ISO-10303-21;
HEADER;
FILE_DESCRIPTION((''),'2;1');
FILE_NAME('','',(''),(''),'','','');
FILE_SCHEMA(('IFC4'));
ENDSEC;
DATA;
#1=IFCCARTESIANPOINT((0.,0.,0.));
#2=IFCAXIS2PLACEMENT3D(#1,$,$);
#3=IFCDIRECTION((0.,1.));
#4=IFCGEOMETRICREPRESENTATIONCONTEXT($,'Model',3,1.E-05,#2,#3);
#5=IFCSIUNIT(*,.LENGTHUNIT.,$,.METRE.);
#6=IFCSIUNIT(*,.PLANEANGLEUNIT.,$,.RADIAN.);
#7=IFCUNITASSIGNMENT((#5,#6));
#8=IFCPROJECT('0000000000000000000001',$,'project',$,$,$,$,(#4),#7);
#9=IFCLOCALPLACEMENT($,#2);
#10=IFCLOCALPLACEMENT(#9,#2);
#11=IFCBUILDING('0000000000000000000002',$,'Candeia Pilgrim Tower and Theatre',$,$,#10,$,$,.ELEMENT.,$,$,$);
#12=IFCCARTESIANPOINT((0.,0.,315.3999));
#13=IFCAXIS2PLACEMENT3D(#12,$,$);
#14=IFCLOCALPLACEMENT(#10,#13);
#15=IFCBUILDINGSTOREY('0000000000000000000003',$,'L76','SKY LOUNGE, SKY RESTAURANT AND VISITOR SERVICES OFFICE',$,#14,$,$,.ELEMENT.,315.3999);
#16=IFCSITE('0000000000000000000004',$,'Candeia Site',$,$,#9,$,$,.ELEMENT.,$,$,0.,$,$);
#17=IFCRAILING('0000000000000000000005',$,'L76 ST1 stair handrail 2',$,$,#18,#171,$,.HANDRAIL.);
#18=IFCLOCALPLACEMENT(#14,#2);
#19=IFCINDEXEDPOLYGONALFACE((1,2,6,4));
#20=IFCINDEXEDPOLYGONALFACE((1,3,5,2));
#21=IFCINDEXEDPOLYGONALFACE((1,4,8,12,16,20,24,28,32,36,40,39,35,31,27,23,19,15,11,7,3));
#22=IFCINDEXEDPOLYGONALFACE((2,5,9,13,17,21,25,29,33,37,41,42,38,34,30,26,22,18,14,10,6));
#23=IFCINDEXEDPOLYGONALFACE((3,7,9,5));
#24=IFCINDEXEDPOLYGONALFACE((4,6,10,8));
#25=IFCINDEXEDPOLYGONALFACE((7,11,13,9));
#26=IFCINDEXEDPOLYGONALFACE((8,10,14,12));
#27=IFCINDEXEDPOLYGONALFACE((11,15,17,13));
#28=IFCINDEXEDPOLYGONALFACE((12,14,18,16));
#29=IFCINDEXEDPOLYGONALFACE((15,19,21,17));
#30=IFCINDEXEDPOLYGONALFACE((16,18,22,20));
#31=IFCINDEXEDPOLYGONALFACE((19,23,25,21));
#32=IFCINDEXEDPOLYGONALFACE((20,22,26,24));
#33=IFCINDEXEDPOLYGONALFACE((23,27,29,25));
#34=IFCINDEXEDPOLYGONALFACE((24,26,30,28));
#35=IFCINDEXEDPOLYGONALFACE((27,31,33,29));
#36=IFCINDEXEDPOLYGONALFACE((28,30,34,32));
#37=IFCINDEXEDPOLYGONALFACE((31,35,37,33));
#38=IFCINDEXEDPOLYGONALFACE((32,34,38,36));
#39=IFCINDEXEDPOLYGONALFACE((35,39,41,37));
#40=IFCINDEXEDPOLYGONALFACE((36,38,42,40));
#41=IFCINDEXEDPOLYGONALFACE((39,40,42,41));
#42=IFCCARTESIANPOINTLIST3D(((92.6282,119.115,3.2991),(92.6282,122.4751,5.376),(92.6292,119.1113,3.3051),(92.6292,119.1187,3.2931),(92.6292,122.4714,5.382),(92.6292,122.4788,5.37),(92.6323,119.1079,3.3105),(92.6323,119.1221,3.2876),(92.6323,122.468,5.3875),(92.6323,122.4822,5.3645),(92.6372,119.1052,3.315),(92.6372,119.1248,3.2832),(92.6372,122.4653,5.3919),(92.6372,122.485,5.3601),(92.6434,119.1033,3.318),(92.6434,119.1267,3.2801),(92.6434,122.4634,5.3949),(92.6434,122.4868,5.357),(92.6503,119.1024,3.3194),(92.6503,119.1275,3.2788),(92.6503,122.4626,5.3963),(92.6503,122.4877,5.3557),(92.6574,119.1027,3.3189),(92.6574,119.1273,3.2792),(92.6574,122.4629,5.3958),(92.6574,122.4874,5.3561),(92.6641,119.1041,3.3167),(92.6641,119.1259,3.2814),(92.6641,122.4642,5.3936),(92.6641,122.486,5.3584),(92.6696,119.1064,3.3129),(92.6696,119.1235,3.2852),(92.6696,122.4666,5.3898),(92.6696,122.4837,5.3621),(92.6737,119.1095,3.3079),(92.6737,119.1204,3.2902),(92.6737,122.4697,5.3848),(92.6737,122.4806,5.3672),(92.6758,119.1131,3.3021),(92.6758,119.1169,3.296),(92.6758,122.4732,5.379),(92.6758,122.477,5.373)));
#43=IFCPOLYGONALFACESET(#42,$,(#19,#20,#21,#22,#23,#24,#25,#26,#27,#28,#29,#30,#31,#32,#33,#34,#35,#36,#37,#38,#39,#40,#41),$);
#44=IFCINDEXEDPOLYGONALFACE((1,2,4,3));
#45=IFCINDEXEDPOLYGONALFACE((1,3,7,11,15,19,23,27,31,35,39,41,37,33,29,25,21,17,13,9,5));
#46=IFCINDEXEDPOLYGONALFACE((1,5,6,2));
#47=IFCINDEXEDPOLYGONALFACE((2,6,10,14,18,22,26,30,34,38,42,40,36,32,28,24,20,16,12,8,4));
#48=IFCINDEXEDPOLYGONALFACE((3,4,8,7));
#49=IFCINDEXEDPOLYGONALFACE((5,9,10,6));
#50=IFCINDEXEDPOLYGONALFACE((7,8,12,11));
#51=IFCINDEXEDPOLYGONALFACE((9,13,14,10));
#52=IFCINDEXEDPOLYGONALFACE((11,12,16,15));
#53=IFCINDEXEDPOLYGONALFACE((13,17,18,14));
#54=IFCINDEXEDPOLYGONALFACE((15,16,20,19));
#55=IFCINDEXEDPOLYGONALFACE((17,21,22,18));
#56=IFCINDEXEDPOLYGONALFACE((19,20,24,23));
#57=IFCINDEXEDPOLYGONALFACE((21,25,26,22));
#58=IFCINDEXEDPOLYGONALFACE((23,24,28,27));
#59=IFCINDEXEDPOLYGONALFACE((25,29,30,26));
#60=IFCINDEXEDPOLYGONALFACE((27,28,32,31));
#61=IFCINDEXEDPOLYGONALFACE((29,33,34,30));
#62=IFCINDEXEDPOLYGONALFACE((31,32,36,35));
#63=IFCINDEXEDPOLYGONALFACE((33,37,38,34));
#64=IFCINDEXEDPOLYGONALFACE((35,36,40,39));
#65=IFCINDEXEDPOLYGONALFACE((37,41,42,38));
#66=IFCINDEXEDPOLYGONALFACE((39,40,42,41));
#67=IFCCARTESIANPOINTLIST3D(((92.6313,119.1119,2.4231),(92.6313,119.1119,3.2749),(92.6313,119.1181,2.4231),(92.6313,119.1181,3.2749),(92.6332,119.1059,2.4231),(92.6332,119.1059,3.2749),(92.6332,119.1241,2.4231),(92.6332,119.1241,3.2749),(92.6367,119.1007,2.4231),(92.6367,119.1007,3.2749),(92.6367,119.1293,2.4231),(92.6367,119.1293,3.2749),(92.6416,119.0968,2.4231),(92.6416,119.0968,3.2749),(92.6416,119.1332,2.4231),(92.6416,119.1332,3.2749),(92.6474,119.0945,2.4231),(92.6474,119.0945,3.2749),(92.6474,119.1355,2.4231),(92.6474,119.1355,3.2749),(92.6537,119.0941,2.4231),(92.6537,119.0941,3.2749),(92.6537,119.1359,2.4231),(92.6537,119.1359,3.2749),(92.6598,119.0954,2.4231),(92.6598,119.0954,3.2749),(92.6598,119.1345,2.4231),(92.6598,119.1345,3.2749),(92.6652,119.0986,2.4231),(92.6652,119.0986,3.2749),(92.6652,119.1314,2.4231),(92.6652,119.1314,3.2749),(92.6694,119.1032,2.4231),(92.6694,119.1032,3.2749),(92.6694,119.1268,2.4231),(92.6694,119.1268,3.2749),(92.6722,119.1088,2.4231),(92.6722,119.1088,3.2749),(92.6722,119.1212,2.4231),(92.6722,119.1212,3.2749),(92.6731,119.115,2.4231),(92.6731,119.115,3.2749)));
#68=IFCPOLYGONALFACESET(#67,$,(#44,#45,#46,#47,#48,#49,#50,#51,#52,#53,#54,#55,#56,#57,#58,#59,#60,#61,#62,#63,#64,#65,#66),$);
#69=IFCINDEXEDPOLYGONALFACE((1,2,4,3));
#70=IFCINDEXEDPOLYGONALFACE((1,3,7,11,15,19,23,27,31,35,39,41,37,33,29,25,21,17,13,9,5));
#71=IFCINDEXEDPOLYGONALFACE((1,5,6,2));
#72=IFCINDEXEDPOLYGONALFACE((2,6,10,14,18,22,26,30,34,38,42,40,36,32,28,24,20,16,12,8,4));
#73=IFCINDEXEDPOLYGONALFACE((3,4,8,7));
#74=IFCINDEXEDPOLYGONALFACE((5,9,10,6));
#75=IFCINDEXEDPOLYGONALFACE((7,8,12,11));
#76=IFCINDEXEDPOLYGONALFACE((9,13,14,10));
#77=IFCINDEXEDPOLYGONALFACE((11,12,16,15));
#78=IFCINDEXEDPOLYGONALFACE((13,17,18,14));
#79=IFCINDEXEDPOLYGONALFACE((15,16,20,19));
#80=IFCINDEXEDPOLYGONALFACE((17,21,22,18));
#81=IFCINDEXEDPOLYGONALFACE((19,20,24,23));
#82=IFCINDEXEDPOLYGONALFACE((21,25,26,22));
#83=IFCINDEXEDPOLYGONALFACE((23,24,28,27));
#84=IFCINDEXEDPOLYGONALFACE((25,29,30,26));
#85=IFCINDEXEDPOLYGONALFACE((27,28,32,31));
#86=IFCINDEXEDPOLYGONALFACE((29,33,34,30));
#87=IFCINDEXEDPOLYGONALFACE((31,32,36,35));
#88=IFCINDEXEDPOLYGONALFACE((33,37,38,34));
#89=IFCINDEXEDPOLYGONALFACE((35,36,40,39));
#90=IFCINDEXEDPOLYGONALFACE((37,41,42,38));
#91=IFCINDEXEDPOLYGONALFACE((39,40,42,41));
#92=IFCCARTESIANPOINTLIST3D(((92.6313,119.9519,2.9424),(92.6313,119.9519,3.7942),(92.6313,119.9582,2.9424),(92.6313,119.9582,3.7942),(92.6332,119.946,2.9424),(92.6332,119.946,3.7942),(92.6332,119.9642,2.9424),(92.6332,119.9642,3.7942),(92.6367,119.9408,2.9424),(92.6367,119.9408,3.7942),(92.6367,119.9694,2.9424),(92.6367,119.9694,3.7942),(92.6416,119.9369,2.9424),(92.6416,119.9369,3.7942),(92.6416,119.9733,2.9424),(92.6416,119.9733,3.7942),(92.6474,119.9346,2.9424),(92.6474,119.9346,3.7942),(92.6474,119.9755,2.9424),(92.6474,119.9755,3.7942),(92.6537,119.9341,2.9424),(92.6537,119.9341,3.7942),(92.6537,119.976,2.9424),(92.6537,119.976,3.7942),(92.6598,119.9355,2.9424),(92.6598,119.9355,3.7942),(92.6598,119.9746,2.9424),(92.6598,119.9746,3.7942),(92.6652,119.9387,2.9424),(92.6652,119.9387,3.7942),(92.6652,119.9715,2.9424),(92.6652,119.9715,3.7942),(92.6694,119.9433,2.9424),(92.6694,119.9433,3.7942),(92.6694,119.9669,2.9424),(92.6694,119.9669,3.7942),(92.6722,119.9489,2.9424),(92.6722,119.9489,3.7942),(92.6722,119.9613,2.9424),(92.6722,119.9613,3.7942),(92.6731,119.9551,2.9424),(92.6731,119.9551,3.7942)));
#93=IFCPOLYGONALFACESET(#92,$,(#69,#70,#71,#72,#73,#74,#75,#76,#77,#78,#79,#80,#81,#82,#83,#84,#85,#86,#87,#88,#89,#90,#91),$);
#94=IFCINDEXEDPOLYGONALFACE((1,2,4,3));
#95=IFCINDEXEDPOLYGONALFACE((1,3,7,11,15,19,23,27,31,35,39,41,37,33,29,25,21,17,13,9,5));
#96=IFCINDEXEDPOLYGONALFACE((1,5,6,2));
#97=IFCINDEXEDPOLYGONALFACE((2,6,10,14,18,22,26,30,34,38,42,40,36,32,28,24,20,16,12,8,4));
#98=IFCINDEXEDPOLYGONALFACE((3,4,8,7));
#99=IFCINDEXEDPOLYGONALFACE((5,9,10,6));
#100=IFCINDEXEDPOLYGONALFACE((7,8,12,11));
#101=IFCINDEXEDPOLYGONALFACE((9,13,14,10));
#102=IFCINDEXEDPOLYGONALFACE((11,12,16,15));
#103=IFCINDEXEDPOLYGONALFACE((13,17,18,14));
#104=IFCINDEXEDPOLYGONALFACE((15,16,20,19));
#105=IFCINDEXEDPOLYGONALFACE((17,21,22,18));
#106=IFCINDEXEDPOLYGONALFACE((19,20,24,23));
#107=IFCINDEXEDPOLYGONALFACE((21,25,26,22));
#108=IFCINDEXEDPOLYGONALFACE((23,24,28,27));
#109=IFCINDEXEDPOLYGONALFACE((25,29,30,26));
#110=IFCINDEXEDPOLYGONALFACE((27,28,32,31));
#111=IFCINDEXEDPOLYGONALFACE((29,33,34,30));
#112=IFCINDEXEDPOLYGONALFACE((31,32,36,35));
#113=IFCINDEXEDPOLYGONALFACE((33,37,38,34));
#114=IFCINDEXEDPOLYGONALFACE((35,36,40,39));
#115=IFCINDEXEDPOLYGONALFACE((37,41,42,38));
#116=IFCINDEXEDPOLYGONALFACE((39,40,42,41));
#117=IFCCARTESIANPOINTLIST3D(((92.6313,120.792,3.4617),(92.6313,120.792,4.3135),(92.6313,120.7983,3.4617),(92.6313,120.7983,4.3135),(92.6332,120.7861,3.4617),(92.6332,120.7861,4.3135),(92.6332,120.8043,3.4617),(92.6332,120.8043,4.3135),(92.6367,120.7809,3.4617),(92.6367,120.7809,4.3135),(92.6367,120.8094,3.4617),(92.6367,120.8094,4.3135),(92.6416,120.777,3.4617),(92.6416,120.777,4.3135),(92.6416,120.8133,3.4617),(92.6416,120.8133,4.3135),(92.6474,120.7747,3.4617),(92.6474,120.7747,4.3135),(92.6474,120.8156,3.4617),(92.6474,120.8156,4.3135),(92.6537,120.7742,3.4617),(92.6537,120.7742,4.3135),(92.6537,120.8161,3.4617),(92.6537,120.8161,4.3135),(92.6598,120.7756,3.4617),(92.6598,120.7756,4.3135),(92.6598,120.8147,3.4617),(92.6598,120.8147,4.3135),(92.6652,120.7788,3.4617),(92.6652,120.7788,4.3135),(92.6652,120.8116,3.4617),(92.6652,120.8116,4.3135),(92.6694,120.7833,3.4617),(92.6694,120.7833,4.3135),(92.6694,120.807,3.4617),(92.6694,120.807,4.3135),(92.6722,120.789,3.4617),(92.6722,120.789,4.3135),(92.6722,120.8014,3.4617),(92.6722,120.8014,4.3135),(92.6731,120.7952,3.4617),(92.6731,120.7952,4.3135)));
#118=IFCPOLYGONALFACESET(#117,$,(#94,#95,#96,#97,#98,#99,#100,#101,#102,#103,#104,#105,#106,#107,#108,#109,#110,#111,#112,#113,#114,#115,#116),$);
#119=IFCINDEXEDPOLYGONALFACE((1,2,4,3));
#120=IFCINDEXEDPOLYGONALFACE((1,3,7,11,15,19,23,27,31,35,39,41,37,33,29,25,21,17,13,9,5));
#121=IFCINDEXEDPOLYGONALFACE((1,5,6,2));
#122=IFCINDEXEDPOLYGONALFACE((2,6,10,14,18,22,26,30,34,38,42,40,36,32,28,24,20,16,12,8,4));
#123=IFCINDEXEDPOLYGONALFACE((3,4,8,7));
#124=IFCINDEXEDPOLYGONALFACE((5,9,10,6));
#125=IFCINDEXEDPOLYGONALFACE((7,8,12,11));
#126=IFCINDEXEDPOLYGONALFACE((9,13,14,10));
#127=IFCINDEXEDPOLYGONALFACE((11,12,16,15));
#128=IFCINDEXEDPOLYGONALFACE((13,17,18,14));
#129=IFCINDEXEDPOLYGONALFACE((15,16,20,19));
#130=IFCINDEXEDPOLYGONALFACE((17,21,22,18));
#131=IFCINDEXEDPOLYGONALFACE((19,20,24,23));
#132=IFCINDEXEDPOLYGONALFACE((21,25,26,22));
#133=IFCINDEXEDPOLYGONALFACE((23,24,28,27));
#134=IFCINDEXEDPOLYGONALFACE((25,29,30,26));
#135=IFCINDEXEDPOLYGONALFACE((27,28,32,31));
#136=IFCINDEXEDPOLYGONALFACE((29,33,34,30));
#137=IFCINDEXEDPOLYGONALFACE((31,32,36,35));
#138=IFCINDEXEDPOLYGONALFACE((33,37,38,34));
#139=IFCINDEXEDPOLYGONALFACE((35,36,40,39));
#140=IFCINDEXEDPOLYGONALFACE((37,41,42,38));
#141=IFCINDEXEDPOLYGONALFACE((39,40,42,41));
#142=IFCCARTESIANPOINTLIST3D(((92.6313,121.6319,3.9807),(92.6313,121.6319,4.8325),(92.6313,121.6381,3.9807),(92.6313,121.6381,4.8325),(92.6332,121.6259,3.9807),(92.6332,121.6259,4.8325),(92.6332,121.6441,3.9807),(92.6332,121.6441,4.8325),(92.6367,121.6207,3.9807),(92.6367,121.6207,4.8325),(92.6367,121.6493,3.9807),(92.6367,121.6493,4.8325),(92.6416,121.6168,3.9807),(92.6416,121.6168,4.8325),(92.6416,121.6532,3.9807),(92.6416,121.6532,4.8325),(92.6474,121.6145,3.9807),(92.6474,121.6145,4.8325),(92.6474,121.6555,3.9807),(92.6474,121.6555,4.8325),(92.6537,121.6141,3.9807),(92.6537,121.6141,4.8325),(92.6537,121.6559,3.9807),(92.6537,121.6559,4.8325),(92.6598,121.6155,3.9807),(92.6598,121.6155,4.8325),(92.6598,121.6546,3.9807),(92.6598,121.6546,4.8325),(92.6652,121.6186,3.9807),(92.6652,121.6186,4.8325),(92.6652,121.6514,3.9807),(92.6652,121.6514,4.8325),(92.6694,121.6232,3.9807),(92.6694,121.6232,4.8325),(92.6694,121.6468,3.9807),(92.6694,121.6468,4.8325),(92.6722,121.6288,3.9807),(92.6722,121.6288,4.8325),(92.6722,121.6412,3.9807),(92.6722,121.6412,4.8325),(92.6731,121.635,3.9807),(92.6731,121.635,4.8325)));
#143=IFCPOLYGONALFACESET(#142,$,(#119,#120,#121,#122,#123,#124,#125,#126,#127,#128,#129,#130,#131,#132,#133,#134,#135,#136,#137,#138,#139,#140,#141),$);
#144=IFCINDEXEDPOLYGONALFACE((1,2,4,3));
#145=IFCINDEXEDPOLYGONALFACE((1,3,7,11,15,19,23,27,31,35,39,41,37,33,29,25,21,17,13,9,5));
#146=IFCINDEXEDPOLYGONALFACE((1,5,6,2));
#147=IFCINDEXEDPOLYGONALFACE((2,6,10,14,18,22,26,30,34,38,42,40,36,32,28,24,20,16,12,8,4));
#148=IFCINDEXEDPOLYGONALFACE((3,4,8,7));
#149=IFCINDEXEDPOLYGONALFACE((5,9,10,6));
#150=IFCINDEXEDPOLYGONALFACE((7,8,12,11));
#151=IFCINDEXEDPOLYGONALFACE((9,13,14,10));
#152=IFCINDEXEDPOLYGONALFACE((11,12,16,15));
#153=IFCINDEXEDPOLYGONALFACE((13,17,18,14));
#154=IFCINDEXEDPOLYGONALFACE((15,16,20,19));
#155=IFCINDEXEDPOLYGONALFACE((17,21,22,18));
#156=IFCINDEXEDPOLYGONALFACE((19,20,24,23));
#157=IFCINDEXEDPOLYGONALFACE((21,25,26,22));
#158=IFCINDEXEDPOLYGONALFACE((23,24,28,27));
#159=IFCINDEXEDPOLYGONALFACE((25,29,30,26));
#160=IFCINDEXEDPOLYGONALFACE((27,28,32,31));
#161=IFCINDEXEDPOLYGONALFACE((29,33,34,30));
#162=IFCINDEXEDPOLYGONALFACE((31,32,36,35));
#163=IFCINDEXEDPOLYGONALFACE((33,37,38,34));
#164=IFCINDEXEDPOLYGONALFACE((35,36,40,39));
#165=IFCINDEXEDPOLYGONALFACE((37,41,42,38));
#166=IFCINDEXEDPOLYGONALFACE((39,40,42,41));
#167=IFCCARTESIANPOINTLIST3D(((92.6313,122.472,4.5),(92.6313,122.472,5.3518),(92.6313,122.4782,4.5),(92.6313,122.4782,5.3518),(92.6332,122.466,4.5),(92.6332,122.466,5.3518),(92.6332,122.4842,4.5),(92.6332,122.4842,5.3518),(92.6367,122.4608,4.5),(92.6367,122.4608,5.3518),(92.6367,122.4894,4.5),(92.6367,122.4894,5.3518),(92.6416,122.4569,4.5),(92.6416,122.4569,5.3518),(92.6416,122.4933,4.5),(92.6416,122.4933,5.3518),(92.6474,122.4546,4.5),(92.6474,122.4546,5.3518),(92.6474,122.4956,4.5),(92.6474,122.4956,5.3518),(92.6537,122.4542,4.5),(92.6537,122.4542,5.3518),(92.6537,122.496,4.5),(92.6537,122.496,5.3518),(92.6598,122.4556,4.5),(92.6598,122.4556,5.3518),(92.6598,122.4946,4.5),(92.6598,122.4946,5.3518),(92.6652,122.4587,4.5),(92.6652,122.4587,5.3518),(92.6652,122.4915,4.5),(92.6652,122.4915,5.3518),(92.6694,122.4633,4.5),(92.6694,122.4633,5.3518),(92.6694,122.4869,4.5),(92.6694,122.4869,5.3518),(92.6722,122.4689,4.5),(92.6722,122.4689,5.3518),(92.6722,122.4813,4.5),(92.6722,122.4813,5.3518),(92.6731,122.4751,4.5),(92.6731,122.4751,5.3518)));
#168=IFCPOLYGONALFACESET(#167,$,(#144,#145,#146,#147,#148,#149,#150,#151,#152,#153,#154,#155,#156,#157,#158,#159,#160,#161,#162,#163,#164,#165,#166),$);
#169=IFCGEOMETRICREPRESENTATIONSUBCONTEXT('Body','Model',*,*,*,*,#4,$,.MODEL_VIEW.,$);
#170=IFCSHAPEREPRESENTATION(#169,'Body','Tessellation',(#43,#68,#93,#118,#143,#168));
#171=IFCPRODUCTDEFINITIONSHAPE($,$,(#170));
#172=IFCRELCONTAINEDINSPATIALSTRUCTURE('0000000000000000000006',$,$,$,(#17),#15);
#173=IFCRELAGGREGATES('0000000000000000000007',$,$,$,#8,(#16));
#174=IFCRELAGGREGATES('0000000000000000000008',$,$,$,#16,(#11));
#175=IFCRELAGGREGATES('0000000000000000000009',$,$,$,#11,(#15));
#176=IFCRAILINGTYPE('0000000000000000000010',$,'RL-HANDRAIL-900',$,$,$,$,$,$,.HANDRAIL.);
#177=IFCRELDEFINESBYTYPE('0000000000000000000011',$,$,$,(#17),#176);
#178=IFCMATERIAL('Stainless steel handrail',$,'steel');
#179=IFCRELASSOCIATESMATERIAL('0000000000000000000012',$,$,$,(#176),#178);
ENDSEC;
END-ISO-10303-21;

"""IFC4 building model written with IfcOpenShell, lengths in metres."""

from ifc_helpers import new_model, si_unit, direction, frame, origin, origin_2d, place, context, subcontext, project, spatial, circle, extrude, material, type_object, element, save


model = new_model("IFC4")

# Units and contexts
model_context = context("Model", 3, precision=1e-05, world=origin(), true_north=direction((0.0, 1.0)))
body_context = subcontext(model_context, "Body", "Model", "MODEL_VIEW")
ifc_project = project(units=[si_unit("LENGTHUNIT", "METRE"), si_unit("PLANEANGLEUNIT", "RADIAN")], contexts=[model_context])

# Site, building, storey
site_placement = place(None, origin())
site = spatial("IfcSite", under=ifc_project, at=site_placement, Name="Candeia Site", CompositionType="ELEMENT", RefElevation=0.0)
building_placement = place(site_placement, origin())
building = spatial("IfcBuilding", under=site, at=building_placement, Name="Candeia Pilgrim Tower and Theatre", CompositionType="ELEMENT")
storey_placement = place(building_placement, frame((0.0, 0.0, 315.3999)))
storey = spatial("IfcBuildingStorey", under=building, at=storey_placement, Name="L76", Description="SKY LOUNGE, SKY RESTAURANT AND VISITOR SERVICES OFFICE", CompositionType="ELEMENT", Elevation=315.3999)

# Railing
ifc_material_1 = material(Name="Stainless steel handrail", Category="steel")
railing_type_1 = type_object("IfcRailingType", Name="RL-HANDRAIL-900", PredefinedType="HANDRAIL", material=ifc_material_1)
for number, where, name in (
    (1, (92.6521, 119.115, 2.4231), "L76 ST1 stair handrail 2"),
):
    element("IfcRailing", number, at=place(storey_placement, frame(where)), inside=storey, type_object=railing_type_1, Name=name, PredefinedType="HANDRAIL", context=body_context, shape_type="SweptSolid", body=[
        extrude(circle(Radius=0.0239, at=origin_2d()), frame((0.0, 0.0, 0.876), z_axis=(0.0, 0.850623, 0.525776), x_axis=(-1.0, 0.0, 0.0)), (0.0, 0.0, 1.0), 3.9502),
        extrude(circle(Radius=0.021, at=origin_2d()), origin(), (0.0, 0.0, 1.0), 0.8518),
        extrude(circle(Radius=0.021, at=origin_2d()), frame((0.0, 0.8401, 0.5193)), (0.0, 0.0, 1.0), 0.8518),
        extrude(circle(Radius=0.021, at=origin_2d()), frame((0.0, 1.6802, 1.0386)), (0.0, 0.0, 1.0), 0.8518),
        extrude(circle(Radius=0.021, at=origin_2d()), frame((0.0, 2.52, 1.5576)), (0.0, 0.0, 1.0), 0.8518),
        extrude(circle(Radius=0.021, at=origin_2d()), frame((0.0, 3.3601, 2.0769)), (0.0, 0.0, 1.0), 0.8518),
    ])

save(model, "model.ifc")
